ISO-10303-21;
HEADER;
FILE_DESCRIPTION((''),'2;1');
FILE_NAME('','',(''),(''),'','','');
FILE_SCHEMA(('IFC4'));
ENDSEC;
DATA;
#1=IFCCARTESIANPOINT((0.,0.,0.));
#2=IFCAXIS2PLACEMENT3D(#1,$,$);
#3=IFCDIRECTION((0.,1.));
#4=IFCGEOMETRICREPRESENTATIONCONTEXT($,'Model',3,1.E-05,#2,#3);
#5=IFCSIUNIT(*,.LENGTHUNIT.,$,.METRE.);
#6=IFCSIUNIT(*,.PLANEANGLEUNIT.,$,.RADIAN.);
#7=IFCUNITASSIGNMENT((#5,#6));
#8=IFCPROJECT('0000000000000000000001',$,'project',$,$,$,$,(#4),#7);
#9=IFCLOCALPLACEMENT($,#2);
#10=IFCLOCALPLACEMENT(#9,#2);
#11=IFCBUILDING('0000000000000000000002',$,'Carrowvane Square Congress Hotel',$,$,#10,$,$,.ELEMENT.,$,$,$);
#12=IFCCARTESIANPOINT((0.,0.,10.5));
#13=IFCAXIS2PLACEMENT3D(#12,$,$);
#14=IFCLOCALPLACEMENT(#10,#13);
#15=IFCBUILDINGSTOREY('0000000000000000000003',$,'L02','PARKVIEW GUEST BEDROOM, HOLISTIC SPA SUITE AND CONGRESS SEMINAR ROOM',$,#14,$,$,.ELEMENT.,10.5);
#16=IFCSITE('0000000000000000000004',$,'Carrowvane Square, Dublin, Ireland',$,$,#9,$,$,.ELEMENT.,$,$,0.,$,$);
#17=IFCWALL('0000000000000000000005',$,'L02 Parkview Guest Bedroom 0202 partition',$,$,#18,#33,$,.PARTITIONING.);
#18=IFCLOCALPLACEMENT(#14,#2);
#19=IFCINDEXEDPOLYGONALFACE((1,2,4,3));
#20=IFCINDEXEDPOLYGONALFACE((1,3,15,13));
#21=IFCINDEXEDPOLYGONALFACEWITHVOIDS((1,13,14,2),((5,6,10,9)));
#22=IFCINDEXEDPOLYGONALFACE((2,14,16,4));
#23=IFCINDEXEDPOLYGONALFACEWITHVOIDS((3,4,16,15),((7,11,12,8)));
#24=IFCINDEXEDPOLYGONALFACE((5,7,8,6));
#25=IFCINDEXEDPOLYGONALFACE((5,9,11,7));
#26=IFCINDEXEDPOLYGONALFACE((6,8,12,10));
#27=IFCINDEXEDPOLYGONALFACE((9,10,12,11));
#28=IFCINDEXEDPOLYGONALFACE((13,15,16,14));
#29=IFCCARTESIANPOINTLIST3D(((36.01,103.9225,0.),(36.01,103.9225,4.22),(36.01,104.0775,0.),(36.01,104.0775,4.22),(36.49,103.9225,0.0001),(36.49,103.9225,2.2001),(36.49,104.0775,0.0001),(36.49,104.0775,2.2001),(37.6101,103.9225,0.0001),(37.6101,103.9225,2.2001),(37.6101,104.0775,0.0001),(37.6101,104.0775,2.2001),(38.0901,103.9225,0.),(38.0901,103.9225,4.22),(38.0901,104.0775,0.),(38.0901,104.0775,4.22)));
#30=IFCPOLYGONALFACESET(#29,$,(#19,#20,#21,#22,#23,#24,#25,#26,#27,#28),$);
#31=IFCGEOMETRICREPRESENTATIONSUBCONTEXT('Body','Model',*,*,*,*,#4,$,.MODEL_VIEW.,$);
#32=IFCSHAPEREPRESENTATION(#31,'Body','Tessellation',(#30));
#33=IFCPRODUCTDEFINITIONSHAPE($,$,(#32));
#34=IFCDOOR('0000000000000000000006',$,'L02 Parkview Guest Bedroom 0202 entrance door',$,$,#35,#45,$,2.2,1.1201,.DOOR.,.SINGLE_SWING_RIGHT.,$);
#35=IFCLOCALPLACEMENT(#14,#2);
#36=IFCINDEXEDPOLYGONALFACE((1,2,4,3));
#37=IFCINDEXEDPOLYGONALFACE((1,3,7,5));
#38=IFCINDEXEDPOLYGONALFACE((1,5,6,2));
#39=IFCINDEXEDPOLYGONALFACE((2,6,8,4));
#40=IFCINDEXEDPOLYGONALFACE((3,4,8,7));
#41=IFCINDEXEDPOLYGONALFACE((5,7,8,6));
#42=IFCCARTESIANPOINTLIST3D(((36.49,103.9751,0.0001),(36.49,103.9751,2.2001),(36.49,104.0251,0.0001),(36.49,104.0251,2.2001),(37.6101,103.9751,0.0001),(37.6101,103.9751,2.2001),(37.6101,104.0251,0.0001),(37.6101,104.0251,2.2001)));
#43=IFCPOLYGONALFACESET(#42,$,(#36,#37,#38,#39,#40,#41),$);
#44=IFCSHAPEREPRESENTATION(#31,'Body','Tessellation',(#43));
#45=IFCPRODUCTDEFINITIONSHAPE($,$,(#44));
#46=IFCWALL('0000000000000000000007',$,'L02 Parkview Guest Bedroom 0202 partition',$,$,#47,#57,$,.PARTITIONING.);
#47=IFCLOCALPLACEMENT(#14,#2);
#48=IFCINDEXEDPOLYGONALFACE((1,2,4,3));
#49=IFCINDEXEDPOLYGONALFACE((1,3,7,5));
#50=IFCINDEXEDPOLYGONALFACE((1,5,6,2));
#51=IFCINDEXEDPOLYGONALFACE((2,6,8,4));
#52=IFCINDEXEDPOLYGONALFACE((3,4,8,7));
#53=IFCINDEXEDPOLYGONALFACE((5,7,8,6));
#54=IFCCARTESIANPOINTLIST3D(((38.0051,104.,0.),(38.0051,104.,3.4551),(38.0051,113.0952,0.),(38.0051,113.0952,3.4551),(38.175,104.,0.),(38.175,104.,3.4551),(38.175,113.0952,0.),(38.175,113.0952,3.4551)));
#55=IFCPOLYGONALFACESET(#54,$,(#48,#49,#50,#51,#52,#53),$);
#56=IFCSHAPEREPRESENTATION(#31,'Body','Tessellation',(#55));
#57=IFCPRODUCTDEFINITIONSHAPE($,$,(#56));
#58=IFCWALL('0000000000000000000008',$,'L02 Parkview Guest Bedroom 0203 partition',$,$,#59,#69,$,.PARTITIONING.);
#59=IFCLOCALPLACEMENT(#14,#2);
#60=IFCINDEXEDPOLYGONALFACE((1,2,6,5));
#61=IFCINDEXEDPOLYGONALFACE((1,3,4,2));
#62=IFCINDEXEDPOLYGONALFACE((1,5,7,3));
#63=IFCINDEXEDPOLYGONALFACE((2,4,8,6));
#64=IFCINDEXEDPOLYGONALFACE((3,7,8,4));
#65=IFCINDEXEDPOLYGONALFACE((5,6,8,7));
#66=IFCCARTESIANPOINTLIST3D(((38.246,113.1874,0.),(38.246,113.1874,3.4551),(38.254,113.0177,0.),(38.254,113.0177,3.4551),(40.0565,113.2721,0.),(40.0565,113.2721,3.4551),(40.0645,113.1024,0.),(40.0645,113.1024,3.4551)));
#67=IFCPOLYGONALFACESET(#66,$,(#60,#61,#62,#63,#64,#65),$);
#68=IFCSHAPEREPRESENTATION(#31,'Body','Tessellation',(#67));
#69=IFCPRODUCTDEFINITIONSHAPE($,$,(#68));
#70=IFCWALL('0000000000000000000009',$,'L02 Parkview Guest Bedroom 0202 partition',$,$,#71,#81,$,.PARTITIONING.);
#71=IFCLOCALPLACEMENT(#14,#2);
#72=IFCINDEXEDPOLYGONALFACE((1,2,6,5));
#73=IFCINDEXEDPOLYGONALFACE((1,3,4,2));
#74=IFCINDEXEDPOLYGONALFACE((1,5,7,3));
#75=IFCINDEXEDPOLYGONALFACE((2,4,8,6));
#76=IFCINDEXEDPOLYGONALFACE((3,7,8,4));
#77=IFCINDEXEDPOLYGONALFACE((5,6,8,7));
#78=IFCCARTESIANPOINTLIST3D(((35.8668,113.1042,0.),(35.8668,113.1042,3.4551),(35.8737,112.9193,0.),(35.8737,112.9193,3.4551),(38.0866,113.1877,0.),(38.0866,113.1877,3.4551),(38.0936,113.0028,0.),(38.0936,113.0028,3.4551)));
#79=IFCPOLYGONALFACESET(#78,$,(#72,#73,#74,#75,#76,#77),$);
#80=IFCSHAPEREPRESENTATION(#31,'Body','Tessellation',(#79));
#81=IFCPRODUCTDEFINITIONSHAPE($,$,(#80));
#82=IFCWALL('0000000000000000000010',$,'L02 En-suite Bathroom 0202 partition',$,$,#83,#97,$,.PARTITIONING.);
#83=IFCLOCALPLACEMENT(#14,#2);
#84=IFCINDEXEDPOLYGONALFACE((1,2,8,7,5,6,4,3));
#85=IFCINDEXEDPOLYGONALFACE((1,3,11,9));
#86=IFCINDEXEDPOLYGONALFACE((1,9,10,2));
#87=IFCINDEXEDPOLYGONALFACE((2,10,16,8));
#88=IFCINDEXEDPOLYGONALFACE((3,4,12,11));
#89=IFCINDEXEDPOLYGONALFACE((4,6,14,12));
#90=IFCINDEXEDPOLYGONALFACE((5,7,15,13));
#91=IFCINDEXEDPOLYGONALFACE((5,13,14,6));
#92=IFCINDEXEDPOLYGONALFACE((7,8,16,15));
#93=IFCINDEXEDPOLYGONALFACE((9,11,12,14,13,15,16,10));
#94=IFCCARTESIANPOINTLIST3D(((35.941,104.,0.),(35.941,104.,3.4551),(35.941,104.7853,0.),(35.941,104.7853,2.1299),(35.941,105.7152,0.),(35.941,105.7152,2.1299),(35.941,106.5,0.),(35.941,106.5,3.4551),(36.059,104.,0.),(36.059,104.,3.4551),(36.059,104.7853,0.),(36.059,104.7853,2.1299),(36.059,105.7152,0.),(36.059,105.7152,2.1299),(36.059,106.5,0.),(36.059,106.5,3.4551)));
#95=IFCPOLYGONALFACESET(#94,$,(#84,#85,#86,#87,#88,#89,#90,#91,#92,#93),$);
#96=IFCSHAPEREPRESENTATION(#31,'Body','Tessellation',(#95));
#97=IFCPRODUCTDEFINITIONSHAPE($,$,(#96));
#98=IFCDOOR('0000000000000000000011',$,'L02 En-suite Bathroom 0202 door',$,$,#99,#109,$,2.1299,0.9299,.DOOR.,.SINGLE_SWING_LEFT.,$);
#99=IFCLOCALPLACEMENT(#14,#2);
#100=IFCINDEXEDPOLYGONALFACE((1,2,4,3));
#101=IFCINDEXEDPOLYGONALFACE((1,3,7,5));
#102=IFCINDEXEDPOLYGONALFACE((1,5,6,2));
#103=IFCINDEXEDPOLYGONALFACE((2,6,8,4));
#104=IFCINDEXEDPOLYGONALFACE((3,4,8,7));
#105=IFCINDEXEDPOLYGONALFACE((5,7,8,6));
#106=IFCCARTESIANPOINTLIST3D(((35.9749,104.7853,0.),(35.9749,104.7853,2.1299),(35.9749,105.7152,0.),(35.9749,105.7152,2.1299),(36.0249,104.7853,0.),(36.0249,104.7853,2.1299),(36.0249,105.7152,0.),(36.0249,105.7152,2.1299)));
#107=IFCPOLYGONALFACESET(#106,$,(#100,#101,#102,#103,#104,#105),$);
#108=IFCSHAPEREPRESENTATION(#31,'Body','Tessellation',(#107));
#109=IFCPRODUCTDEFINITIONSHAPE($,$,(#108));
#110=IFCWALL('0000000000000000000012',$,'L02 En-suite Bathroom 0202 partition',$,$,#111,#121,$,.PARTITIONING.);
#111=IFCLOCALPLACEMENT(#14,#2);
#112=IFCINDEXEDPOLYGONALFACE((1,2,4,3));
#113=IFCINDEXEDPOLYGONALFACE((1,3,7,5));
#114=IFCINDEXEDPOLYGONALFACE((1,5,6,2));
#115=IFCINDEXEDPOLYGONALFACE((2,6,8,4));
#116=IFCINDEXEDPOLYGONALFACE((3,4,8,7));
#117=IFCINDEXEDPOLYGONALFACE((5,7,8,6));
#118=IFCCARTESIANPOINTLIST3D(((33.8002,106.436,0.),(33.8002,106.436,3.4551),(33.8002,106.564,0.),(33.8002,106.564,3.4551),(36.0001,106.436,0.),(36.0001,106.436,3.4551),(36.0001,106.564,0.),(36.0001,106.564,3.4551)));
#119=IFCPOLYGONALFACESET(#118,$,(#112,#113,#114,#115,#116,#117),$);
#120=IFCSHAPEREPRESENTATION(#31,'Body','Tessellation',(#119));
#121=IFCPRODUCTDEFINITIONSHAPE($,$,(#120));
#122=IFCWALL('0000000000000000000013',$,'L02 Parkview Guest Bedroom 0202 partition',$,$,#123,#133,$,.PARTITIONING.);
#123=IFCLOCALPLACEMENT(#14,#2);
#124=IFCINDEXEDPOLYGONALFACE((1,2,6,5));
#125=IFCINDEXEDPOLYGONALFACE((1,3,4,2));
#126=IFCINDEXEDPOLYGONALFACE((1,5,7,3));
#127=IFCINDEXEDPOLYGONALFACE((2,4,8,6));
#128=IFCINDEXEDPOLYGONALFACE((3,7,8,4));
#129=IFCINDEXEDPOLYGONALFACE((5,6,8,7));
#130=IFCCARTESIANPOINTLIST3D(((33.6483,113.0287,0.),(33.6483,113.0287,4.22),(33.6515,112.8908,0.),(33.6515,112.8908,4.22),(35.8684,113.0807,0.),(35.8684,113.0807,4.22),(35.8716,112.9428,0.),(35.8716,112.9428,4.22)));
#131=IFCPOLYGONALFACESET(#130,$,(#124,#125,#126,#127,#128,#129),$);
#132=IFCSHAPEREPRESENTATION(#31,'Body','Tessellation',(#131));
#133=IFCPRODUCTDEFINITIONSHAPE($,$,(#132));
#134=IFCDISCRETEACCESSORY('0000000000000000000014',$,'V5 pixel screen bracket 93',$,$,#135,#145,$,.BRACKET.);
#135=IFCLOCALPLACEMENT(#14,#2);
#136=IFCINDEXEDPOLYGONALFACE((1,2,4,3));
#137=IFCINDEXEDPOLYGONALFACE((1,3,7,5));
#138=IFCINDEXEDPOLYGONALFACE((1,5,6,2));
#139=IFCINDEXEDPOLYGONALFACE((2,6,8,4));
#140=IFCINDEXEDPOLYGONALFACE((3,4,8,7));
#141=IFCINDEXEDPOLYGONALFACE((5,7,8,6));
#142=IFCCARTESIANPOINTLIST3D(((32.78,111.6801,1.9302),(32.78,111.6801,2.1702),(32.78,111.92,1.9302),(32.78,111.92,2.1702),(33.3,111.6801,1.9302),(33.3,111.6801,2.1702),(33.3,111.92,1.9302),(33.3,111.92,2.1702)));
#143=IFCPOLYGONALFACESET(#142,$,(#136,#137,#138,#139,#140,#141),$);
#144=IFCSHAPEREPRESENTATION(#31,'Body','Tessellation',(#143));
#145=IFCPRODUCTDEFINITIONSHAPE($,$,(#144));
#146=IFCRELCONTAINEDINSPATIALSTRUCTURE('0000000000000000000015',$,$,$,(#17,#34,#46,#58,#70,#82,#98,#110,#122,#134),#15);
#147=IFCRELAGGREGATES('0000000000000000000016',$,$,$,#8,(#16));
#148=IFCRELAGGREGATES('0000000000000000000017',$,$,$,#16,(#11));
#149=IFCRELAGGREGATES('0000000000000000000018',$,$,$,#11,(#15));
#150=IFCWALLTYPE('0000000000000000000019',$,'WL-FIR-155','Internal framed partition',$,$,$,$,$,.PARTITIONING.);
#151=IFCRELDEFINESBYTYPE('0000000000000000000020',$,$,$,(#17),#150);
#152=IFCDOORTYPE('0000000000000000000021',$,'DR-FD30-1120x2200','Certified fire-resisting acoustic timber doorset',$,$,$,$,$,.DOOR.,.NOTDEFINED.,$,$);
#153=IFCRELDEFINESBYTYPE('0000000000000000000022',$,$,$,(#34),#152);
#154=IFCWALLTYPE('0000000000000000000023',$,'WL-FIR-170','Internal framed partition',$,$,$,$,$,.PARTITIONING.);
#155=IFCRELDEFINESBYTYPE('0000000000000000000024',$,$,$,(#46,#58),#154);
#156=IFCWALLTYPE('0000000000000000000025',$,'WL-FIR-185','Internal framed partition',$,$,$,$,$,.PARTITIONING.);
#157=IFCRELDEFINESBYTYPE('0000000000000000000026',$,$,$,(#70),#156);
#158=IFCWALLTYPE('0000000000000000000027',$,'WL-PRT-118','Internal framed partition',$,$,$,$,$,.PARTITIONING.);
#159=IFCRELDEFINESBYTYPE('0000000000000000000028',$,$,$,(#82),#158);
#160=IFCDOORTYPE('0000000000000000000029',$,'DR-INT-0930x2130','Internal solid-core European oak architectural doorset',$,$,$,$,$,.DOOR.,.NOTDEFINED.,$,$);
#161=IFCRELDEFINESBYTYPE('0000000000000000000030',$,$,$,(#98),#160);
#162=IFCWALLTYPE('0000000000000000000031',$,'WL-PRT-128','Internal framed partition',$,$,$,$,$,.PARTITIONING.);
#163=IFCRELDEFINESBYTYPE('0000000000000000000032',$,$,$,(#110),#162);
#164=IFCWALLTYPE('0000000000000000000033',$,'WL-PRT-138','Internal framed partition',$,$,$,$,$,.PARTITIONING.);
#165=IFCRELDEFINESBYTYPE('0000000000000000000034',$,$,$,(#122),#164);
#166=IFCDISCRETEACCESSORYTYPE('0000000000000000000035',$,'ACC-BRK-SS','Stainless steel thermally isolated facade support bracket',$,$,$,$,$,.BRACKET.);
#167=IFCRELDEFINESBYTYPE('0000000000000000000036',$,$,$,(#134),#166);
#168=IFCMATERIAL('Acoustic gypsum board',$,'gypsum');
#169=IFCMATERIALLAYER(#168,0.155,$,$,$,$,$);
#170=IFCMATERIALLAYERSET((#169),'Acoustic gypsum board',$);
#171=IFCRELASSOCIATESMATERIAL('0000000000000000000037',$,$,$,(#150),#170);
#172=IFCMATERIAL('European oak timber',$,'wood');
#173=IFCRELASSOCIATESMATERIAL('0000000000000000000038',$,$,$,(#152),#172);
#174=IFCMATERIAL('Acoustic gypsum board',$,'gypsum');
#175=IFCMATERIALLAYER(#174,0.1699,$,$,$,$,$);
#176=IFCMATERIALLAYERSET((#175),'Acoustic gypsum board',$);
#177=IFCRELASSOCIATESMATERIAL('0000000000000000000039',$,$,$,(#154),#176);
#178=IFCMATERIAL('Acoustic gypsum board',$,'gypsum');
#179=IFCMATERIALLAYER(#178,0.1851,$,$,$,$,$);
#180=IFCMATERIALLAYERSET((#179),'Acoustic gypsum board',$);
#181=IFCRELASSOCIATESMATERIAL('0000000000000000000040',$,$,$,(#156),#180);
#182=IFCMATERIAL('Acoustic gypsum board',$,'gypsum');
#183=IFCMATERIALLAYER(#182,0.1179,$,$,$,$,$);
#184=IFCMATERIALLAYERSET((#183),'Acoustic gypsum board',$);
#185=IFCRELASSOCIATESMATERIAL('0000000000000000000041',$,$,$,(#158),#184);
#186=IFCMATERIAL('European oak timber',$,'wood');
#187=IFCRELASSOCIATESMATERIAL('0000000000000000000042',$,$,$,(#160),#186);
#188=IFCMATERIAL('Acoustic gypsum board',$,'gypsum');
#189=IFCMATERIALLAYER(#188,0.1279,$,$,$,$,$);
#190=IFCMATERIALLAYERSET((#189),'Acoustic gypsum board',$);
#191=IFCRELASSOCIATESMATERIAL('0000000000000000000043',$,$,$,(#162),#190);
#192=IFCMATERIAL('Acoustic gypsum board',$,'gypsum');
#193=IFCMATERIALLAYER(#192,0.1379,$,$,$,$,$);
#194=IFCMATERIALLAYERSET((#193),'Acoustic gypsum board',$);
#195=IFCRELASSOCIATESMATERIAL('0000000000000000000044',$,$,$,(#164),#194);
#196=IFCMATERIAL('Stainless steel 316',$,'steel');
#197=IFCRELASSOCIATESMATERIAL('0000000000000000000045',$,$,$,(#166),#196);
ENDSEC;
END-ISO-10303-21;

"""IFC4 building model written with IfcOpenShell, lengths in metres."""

from ifc_helpers import new_model, si_unit, direction, frame, frame_2d, origin, origin_2d, place, context, subcontext, project, spatial, rectangle, extrude, material, layer, layer_set, type_object, element, fill, save


model = new_model("IFC4")

# Units and contexts
model_context = context("Model", 3, precision=1e-05, world=origin(), true_north=direction((0.0, 1.0)))
body_context = subcontext(model_context, "Body", "Model", "MODEL_VIEW")
ifc_project = project(units=[si_unit("LENGTHUNIT", "METRE"), si_unit("PLANEANGLEUNIT", "RADIAN")], contexts=[model_context])

# Site, building, storey
site_placement = place(None, origin())
site = spatial("IfcSite", under=ifc_project, at=site_placement, Name="Carrowvane Square, Dublin, Ireland", CompositionType="ELEMENT", RefElevation=0.0)
building_placement = place(site_placement, origin())
building = spatial("IfcBuilding", under=site, at=building_placement, Name="Carrowvane Square Congress Hotel", CompositionType="ELEMENT")
storey_placement = place(building_placement, frame((0.0, 0.0, 10.5)))
storey = spatial("IfcBuildingStorey", under=building, at=storey_placement, Name="L02", Description="PARKVIEW GUEST BEDROOM, HOLISTIC SPA SUITE AND CONGRESS SEMINAR ROOM", CompositionType="ELEMENT", Elevation=10.5)

# Wall, opening, door
ifc_material_1 = material(Name="Acoustic gypsum board", Category="gypsum")
ifc_layer_1 = layer(ifc_material_1, 0.155)
ifc_layer_set_1 = layer_set([ifc_layer_1], Name="Acoustic gypsum board")
wall_type_1 = type_object("IfcWallType", Name="WL-FIR-155", Description="Internal framed partition", PredefinedType="PARTITIONING", material=ifc_layer_set_1)
wall_1_placement = place(storey_placement, frame((38.0901, 104.0, 0.0), z_axis=(0.0, 0.0, 1.0), x_axis=(-1.0, 0.0, 0.0)))
wall_1 = element("IfcWall", 1, at=wall_1_placement, inside=storey, type_object=wall_type_1, Name="L02 Parkview Guest Bedroom 0202 partition", PredefinedType="PARTITIONING", context=body_context, shape_type="SweptSolid", body=[
    extrude(rectangle(XDim=2.0801, YDim=0.155, at=frame_2d((1.04, 0.0))), origin(), (0.0, 0.0, 1.0), 4.22),
])
opening_1_placement = place(wall_1_placement, frame((0.48, 0.0, 0.0)))
opening_1 = element("IfcOpeningElement", 2, at=opening_1_placement, cuts=wall_1, PredefinedType="OPENING", context=body_context, shape_type="SweptSolid", body=[
    extrude(rectangle(XDim=1.1201, YDim=2.2, at=frame_2d((0.5601, 1.1001))), frame((0.0, 0.0874, 0.0), z_axis=(0.0, -1.0, 0.0), x_axis=(1.0, 0.0, 0.0)), (0.0, 0.0, 1.0), 0.175),
])
ifc_material_2 = material(Name="European oak timber", Category="wood")
door_type_1 = type_object("IfcDoorType", Name="DR-FD30-1120x2200", Description="Certified fire-resisting acoustic timber doorset", OperationType="NOTDEFINED", PredefinedType="DOOR", material=ifc_material_2)
door_1_placement = place(opening_1_placement, origin())
door_1 = element("IfcDoor", 3, at=door_1_placement, inside=storey, type_object=door_type_1, Name="L02 Parkview Guest Bedroom 0202 entrance door", OperationType="SINGLE_SWING_RIGHT", OverallHeight=2.2, OverallWidth=1.1201, PredefinedType="DOOR", context=body_context, shape_type="SweptSolid", body=[
    extrude(rectangle(XDim=1.1201, YDim=2.2, at=frame_2d((0.5601, 1.1001))), frame((0.0, 0.0249, 0.0), z_axis=(0.0, -1.0, 0.0), x_axis=(1.0, 0.0, 0.0)), (0.0, 0.0, 1.0), 0.05),
])
fill(opening_1, door_1)

# Walls
ifc_material_3 = material(Name="Acoustic gypsum board", Category="gypsum")
ifc_layer_2 = layer(ifc_material_3, 0.1699)
ifc_layer_set_2 = layer_set([ifc_layer_2], Name="Acoustic gypsum board")
wall_type_2 = type_object("IfcWallType", Name="WL-FIR-170", Description="Internal framed partition", PredefinedType="PARTITIONING", material=ifc_layer_set_2)
wall_2_placement = place(storey_placement, frame((38.0901, 113.0952, 0.0), z_axis=(0.0, 0.0, 1.0), x_axis=(0.0, -1.0, 0.0)))
element("IfcWall", 4, at=wall_2_placement, inside=storey, type_object=wall_type_2, Name="L02 Parkview Guest Bedroom 0202 partition", PredefinedType="PARTITIONING", context=body_context, shape_type="SweptSolid", body=[
    extrude(rectangle(XDim=9.0952, YDim=0.1699, at=frame_2d((4.5476, 0.0))), origin(), (0.0, 0.0, 1.0), 3.4551),
])
wall_3_placement = place(storey_placement, frame((38.25, 113.1025, 0.0), z_axis=(0.0, 0.0, 1.0), x_axis=(0.998907, 0.04674, 0.0)))
element("IfcWall", 5, at=wall_3_placement, inside=storey, type_object=wall_type_2, Name="L02 Parkview Guest Bedroom 0203 partition", PredefinedType="PARTITIONING", context=body_context, shape_type="SweptSolid", body=[
    extrude(rectangle(XDim=1.8125, YDim=0.1699, at=frame_2d((0.9062, 0.0))), origin(), (0.0, 0.0, 1.0), 3.4551),
])
ifc_material_4 = material(Name="Acoustic gypsum board", Category="gypsum")
ifc_layer_3 = layer(ifc_material_4, 0.1851)
ifc_layer_set_3 = layer_set([ifc_layer_3], Name="Acoustic gypsum board")
wall_type_3 = type_object("IfcWallType", Name="WL-FIR-185", Description="Internal framed partition", PredefinedType="PARTITIONING", material=ifc_layer_set_3)
wall_4_placement = place(storey_placement, frame((35.8701, 113.0117, 0.0), z_axis=(0.0, 0.0, 1.0), x_axis=(0.999293, 0.037585, 0.0)))
element("IfcWall", 6, at=wall_4_placement, inside=storey, type_object=wall_type_3, Name="L02 Parkview Guest Bedroom 0202 partition", PredefinedType="PARTITIONING", context=body_context, shape_type="SweptSolid", body=[
    extrude(rectangle(XDim=2.2214, YDim=0.1851, at=frame_2d((1.1108, 0.0))), origin(), (0.0, 0.0, 1.0), 3.4551),
])

# Wall, opening, door
ifc_material_5 = material(Name="Acoustic gypsum board", Category="gypsum")
ifc_layer_4 = layer(ifc_material_5, 0.1179)
ifc_layer_set_4 = layer_set([ifc_layer_4], Name="Acoustic gypsum board")
wall_type_4 = type_object("IfcWallType", Name="WL-PRT-118", Description="Internal framed partition", PredefinedType="PARTITIONING", material=ifc_layer_set_4)
wall_5_placement = place(storey_placement, frame((36.0, 106.5, 0.0), z_axis=(0.0, 0.0, 1.0), x_axis=(0.0, -1.0, 0.0)))
wall_5 = element("IfcWall", 7, at=wall_5_placement, inside=storey, type_object=wall_type_4, Name="L02 En-suite Bathroom 0202 partition", PredefinedType="PARTITIONING", context=body_context, shape_type="SweptSolid", body=[
    extrude(rectangle(XDim=2.5, YDim=0.1179, at=frame_2d((1.25, 0.0))), origin(), (0.0, 0.0, 1.0), 3.4551),
])
opening_2_placement = place(wall_5_placement, frame((0.7849, 0.0, 0.0)))
opening_2 = element("IfcOpeningElement", 8, at=opening_2_placement, cuts=wall_5, PredefinedType="OPENING", context=body_context, shape_type="SweptSolid", body=[
    extrude(rectangle(XDim=0.9299, YDim=2.1299, at=frame_2d((0.4648, 1.0649))), frame((0.0, 0.0688, 0.0), z_axis=(0.0, -1.0, 0.0), x_axis=(1.0, 0.0, 0.0)), (0.0, 0.0, 1.0), 0.1379),
])
ifc_material_6 = material(Name="European oak timber", Category="wood")
door_type_2 = type_object("IfcDoorType", Name="DR-INT-0930x2130", Description="Internal solid-core European oak architectural doorset", OperationType="NOTDEFINED", PredefinedType="DOOR", material=ifc_material_6)
door_2_placement = place(opening_2_placement, origin())
door_2 = element("IfcDoor", 9, at=door_2_placement, inside=storey, type_object=door_type_2, Name="L02 En-suite Bathroom 0202 door", OperationType="SINGLE_SWING_LEFT", OverallHeight=2.1299, OverallWidth=0.9299, PredefinedType="DOOR", context=body_context, shape_type="SweptSolid", body=[
    extrude(rectangle(XDim=0.9299, YDim=2.1299, at=frame_2d((0.4648, 1.0649))), frame((0.0, 0.0249, 0.0), z_axis=(0.0, -1.0, 0.0), x_axis=(1.0, 0.0, 0.0)), (0.0, 0.0, 1.0), 0.05),
])
fill(opening_2, door_2)

# Walls
ifc_material_7 = material(Name="Acoustic gypsum board", Category="gypsum")
ifc_layer_5 = layer(ifc_material_7, 0.1279)
ifc_layer_set_5 = layer_set([ifc_layer_5], Name="Acoustic gypsum board")
wall_type_5 = type_object("IfcWallType", Name="WL-PRT-128", Description="Internal framed partition", PredefinedType="PARTITIONING", material=ifc_layer_set_5)
wall_6_placement = place(storey_placement, frame((33.8, 106.5, 0.0), z_axis=(0.0, 0.0, 1.0), x_axis=(1.0, 0.0, 0.0)))
element("IfcWall", 10, at=wall_6_placement, inside=storey, type_object=wall_type_5, Name="L02 En-suite Bathroom 0202 partition", PredefinedType="PARTITIONING", context=body_context, shape_type="SweptSolid", body=[
    extrude(rectangle(XDim=2.2, YDim=0.1279, at=frame_2d((1.1001, 0.0))), origin(), (0.0, 0.0, 1.0), 3.4551),
])
ifc_material_8 = material(Name="Acoustic gypsum board", Category="gypsum")
ifc_layer_6 = layer(ifc_material_8, 0.1379)
ifc_layer_set_6 = layer_set([ifc_layer_6], Name="Acoustic gypsum board")
wall_type_6 = type_object("IfcWallType", Name="WL-PRT-138", Description="Internal framed partition", PredefinedType="PARTITIONING", material=ifc_layer_set_6)
wall_7_placement = place(storey_placement, frame((33.6499, 112.9597, 0.0), z_axis=(0.0, 0.0, 1.0), x_axis=(0.999726, 0.023416, 0.0)))
element("IfcWall", 11, at=wall_7_placement, inside=storey, type_object=wall_type_6, Name="L02 Parkview Guest Bedroom 0202 partition", PredefinedType="PARTITIONING", context=body_context, shape_type="SweptSolid", body=[
    extrude(rectangle(XDim=2.2207, YDim=0.1379, at=frame_2d((1.1104, 0.0))), origin(), (0.0, 0.0, 1.0), 4.22),
])

# Discrete accessory
ifc_material_9 = material(Name="Stainless steel 316", Category="steel")
discrete_accessory_type = type_object("IfcDiscreteAccessoryType", Name="ACC-BRK-SS", Description="Stainless steel thermally isolated facade support bracket", PredefinedType="BRACKET", material=ifc_material_9)
discrete_accessory_placement = place(storey_placement, frame((33.04, 111.8, 1.9302), z_axis=(0.0, 0.0, 1.0), x_axis=(0.0, 1.0, 0.0)))
element("IfcDiscreteAccessory", 12, at=discrete_accessory_placement, inside=storey, type_object=discrete_accessory_type, Name="V5 pixel screen bracket 93", PredefinedType="BRACKET", context=body_context, shape_type="SweptSolid", body=[
    extrude(rectangle(XDim=0.24, YDim=0.52, at=origin_2d()), origin(), (0.0, 0.0, 1.0), 0.24),
])

save(model, "model.ifc")
